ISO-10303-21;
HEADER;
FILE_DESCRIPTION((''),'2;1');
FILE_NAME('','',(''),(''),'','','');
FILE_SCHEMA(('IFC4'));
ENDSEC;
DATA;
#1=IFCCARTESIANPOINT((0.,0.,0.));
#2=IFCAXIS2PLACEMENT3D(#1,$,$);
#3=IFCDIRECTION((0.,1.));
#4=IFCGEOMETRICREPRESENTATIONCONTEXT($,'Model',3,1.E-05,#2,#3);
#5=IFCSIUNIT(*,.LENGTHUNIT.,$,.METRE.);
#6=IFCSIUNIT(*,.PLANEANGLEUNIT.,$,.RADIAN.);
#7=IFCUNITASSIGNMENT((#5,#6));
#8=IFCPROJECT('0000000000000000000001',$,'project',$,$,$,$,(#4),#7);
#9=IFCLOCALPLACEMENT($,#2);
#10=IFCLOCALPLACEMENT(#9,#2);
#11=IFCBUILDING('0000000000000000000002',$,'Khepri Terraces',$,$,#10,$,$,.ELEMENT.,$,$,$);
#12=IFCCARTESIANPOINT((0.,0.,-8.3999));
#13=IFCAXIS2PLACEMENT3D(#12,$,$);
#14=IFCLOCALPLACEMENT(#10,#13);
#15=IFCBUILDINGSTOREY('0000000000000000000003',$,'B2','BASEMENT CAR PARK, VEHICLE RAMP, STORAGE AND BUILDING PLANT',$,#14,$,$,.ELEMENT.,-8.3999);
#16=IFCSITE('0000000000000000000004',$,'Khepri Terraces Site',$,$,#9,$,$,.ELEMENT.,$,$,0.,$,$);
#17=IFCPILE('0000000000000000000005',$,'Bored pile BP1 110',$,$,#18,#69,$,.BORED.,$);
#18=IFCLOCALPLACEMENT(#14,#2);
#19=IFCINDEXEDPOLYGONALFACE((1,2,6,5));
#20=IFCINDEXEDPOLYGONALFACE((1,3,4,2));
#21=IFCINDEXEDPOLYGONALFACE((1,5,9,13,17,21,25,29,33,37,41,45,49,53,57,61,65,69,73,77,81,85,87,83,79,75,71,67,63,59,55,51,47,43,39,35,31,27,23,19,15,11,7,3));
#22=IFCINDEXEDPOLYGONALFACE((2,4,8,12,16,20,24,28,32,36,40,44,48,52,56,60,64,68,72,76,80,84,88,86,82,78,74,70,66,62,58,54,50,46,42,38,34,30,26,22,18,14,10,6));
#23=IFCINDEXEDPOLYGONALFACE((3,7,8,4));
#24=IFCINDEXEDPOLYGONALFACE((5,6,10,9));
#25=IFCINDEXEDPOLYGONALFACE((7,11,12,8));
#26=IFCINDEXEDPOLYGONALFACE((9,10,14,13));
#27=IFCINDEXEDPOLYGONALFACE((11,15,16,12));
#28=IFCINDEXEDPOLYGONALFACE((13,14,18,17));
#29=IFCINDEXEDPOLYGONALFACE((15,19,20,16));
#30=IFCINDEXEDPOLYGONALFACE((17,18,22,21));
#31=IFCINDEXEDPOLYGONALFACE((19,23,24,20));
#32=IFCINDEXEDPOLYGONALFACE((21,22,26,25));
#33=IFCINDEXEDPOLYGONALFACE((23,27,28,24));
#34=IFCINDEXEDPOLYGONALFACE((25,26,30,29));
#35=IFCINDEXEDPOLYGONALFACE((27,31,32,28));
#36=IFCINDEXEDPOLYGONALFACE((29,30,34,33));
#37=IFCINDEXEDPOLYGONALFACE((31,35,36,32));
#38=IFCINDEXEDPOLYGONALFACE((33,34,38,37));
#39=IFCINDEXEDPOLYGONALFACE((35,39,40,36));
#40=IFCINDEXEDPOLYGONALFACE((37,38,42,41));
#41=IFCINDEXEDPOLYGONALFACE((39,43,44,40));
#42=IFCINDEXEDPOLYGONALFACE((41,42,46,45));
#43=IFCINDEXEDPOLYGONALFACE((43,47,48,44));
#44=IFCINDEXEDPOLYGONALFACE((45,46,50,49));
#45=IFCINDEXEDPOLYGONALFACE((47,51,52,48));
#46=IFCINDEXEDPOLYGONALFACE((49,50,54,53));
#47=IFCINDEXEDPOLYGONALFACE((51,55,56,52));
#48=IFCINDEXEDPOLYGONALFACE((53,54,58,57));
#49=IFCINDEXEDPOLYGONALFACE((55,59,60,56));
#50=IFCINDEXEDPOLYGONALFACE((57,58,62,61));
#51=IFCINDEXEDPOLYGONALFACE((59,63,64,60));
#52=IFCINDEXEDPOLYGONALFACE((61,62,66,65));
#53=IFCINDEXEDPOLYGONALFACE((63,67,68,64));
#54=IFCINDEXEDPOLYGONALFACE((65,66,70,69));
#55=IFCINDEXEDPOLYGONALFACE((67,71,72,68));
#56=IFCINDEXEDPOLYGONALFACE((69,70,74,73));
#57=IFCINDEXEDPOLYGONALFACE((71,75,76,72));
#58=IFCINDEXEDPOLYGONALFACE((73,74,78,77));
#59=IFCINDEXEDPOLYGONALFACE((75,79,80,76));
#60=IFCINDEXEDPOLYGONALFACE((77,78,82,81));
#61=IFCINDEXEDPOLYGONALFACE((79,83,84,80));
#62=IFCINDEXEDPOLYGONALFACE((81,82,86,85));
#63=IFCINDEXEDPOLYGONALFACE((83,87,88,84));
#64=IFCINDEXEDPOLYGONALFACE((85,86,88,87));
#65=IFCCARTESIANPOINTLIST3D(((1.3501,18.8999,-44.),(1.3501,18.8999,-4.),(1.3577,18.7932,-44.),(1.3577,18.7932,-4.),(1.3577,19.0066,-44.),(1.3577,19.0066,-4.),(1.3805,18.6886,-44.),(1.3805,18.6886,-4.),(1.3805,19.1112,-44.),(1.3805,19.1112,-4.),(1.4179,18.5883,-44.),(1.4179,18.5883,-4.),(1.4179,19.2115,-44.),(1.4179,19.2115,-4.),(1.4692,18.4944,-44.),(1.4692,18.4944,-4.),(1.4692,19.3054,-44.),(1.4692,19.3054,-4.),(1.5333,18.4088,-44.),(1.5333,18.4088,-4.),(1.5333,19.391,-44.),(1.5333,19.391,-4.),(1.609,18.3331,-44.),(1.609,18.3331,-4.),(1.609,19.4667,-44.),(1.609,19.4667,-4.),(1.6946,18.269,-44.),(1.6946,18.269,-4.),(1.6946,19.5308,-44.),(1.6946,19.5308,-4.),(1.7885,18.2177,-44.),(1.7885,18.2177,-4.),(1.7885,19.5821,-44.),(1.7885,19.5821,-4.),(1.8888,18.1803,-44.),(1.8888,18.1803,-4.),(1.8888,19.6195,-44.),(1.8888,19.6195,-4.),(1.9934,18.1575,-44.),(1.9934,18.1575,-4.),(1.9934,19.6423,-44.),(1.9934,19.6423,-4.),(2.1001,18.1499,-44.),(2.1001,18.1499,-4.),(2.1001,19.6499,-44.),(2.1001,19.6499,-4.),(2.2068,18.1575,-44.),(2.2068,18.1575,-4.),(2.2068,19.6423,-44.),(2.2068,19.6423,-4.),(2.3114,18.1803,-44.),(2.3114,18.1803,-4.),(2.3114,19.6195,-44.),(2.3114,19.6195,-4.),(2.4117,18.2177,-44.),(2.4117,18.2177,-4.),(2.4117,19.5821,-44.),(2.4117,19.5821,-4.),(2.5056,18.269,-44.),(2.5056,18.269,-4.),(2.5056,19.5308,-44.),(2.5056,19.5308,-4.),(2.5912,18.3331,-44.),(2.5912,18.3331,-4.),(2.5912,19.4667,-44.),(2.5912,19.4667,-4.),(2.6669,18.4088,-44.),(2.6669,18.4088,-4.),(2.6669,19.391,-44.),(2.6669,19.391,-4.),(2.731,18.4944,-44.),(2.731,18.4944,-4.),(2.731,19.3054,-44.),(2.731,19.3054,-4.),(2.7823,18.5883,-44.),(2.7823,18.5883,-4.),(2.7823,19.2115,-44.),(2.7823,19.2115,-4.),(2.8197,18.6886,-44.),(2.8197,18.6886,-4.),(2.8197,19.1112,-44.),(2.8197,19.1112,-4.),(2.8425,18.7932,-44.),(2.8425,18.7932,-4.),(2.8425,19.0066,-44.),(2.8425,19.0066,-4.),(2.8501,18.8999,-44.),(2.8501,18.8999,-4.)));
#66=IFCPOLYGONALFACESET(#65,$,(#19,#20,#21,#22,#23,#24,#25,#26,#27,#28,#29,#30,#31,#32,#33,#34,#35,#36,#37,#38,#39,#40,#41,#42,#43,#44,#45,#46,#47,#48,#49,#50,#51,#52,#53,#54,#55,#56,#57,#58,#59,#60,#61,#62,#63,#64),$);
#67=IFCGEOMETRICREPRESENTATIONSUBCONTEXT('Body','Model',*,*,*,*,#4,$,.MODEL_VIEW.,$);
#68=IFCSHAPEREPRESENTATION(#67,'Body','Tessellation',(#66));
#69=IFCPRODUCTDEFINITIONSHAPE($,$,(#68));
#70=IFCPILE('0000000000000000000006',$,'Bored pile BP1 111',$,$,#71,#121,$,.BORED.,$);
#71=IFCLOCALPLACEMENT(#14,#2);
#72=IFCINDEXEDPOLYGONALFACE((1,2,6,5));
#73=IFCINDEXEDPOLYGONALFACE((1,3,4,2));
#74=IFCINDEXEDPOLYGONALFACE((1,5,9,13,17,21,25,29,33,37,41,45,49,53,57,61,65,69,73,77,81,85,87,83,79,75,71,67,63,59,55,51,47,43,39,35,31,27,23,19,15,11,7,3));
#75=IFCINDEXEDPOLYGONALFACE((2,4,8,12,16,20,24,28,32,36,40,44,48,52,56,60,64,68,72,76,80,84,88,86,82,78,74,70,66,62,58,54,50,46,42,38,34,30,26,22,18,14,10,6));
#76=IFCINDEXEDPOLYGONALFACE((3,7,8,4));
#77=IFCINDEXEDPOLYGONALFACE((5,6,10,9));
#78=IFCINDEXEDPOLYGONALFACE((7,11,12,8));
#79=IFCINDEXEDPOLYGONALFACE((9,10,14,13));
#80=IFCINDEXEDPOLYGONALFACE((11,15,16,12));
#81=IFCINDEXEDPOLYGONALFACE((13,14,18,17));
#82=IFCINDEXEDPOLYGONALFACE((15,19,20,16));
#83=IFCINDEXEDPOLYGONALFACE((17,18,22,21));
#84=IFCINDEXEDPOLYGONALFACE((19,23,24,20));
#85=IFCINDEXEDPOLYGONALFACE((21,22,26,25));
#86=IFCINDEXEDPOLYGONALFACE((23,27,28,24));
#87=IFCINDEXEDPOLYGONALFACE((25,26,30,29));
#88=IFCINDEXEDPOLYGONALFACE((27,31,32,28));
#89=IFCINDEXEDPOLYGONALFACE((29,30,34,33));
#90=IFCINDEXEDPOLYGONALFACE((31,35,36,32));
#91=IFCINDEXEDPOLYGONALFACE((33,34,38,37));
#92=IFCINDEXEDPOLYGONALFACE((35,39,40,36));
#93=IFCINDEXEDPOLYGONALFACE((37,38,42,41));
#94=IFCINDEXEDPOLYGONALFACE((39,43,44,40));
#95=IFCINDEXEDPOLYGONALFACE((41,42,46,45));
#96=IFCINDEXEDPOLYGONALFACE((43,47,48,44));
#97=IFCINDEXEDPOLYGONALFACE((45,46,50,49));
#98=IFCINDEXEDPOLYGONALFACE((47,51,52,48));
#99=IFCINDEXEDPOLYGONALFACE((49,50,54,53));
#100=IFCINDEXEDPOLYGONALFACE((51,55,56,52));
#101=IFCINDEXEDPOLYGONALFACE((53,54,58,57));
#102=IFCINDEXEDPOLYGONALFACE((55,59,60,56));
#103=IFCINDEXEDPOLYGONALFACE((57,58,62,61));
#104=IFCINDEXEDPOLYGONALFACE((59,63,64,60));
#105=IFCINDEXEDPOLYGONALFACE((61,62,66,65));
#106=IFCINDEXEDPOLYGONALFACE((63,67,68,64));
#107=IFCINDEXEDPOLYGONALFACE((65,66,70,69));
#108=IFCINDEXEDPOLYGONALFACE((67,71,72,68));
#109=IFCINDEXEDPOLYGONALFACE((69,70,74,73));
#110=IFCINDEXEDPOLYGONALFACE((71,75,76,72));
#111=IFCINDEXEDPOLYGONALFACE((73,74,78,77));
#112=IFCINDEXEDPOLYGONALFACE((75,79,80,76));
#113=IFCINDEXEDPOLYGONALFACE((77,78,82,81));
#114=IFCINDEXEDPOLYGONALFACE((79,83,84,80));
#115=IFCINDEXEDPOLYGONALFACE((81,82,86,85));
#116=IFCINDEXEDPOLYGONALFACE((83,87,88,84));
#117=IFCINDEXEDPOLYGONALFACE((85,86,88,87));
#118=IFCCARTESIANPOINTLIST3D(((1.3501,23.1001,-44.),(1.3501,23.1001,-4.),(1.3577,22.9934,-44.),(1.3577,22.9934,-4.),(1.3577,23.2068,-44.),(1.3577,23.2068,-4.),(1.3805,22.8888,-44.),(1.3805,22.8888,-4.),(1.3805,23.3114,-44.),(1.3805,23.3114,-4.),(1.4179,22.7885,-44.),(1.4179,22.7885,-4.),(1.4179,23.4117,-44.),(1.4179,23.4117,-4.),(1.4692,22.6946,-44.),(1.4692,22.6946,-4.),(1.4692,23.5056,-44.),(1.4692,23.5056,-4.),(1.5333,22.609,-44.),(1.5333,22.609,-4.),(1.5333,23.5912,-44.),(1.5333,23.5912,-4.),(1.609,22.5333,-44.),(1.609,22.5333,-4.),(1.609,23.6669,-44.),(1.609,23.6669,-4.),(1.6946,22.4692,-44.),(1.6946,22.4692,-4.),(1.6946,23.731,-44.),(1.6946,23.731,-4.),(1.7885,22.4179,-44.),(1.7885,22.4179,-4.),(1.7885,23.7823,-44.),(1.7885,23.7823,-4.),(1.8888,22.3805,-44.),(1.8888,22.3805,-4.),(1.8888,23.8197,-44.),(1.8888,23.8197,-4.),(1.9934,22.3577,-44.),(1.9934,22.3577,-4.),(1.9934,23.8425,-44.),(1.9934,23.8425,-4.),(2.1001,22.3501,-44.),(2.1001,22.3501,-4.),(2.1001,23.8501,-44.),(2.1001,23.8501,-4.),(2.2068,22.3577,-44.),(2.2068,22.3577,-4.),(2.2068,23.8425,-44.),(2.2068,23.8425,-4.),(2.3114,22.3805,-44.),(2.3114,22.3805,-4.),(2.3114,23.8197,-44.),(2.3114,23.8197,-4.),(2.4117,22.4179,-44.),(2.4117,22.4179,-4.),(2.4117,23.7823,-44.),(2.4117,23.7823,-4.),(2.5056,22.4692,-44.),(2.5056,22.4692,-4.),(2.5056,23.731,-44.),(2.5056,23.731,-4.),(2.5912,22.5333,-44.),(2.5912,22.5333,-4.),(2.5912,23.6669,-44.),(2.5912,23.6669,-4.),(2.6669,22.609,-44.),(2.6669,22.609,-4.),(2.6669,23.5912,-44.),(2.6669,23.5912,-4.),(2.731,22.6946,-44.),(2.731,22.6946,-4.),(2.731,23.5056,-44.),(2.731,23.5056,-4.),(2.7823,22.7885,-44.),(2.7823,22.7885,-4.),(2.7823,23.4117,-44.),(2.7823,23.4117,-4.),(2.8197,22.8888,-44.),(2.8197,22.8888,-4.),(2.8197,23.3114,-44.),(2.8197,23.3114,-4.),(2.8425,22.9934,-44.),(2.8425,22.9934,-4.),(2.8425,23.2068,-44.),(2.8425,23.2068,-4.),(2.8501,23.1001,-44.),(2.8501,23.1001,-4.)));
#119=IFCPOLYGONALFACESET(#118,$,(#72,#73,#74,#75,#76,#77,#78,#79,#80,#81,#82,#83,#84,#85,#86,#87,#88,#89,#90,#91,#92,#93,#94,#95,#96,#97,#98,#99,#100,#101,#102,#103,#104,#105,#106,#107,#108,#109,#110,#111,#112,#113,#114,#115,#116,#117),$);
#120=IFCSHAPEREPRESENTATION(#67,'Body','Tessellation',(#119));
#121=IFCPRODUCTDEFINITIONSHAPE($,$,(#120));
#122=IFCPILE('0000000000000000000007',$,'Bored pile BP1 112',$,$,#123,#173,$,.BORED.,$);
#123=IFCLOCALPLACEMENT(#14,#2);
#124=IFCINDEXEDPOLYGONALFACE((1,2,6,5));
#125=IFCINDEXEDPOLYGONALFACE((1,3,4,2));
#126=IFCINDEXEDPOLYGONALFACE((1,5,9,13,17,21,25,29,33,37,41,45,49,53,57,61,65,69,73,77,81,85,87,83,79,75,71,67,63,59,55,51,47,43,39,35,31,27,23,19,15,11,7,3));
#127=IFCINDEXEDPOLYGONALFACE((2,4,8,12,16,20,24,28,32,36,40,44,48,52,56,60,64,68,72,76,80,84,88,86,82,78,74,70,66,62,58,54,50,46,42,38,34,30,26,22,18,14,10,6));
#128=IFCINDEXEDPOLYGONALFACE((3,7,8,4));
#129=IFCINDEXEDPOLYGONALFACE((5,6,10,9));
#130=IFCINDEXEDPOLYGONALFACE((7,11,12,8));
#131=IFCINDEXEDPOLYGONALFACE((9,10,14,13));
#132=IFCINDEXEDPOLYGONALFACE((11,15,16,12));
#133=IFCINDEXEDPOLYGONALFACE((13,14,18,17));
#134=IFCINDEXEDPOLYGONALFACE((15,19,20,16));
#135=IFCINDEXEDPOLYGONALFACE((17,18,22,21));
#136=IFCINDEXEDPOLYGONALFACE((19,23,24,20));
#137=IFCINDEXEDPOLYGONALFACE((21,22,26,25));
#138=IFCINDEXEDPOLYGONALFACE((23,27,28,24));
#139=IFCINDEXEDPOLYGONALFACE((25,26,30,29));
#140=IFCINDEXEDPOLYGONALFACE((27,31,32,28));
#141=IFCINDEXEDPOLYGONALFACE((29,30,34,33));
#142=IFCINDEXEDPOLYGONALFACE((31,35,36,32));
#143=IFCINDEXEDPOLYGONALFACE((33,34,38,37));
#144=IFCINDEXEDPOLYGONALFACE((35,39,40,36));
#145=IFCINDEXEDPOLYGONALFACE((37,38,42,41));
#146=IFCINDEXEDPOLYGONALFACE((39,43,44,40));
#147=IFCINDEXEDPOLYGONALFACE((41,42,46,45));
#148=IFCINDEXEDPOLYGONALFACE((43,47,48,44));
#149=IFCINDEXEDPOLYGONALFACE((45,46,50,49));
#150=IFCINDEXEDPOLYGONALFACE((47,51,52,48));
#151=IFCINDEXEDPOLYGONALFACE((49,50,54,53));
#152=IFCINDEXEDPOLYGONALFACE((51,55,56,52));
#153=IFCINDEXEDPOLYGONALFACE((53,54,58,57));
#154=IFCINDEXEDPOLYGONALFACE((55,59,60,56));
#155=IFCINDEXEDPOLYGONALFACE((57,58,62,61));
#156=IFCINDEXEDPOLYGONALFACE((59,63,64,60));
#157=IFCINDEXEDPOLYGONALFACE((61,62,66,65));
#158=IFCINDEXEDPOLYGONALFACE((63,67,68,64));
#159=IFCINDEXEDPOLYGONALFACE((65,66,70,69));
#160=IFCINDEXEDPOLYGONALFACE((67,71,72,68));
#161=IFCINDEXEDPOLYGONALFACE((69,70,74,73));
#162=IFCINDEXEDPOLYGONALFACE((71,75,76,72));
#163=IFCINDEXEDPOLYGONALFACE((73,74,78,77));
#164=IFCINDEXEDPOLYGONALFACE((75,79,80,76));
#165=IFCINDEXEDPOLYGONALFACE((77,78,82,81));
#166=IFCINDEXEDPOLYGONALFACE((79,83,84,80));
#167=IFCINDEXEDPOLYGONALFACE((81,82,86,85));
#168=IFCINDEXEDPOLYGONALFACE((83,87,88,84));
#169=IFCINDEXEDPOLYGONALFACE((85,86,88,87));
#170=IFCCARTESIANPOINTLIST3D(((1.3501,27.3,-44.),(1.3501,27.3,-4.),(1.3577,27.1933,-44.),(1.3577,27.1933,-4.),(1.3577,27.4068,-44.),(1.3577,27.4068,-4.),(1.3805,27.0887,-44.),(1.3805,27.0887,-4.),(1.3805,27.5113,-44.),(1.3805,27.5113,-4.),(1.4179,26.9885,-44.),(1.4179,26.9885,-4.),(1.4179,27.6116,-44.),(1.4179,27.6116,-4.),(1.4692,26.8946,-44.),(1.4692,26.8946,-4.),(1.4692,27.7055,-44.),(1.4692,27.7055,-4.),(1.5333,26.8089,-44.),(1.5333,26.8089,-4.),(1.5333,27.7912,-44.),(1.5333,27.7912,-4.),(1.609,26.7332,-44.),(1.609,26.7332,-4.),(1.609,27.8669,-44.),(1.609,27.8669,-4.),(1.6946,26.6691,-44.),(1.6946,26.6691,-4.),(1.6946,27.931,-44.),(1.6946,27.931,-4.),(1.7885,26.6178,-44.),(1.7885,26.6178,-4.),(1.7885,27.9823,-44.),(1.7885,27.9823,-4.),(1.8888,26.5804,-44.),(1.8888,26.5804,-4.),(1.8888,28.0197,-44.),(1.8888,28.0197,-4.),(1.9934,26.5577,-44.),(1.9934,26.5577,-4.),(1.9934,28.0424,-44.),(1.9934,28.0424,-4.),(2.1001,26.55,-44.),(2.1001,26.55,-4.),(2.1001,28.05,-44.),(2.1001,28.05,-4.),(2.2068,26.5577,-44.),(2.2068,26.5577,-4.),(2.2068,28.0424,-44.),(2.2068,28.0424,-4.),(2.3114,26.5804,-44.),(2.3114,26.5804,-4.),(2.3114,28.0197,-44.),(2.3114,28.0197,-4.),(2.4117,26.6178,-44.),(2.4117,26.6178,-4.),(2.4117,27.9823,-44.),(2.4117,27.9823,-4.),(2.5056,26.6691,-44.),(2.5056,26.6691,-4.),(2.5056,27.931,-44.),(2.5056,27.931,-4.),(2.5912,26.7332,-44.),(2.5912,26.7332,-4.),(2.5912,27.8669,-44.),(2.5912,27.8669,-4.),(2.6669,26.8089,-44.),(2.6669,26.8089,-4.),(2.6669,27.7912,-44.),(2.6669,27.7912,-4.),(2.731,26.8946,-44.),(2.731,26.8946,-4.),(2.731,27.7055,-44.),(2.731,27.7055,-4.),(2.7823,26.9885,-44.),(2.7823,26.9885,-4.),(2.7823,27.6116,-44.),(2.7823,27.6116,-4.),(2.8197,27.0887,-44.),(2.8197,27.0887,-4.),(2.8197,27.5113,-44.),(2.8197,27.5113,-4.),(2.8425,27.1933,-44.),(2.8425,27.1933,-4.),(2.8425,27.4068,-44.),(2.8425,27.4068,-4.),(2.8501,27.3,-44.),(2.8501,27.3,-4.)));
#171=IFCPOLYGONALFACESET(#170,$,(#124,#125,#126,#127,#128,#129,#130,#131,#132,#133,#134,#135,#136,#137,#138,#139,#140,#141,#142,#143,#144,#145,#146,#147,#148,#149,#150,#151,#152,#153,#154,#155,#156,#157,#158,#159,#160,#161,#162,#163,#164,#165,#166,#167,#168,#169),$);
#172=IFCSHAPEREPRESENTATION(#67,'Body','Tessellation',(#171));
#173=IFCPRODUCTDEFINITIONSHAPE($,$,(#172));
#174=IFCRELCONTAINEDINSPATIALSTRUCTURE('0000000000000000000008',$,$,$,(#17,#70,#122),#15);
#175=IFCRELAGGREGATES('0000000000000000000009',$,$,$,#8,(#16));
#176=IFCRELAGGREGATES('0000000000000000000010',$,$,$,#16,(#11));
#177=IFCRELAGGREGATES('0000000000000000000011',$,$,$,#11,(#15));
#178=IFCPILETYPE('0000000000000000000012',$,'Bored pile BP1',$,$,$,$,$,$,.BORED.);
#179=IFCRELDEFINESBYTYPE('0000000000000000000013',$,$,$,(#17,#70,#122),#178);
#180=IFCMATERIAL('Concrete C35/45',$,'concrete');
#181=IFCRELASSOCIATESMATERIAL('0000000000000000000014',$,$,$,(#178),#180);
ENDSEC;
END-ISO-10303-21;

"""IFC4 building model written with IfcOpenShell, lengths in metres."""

from ifc_helpers import new_model, si_unit, direction, frame, origin, origin_2d, place, context, subcontext, project, spatial, circle, extrude, material, material_profile, profile_set, type_object, element, save


model = new_model("IFC4")

# Units and contexts
model_context = context("Model", 3, precision=1e-05, world=origin(), true_north=direction((0.0, 1.0)))
body_context = subcontext(model_context, "Body", "Model", "MODEL_VIEW")
ifc_project = project(units=[si_unit("LENGTHUNIT", "METRE"), si_unit("PLANEANGLEUNIT", "RADIAN")], contexts=[model_context])

# Site, building, storey
site_placement = place(None, origin())
site = spatial("IfcSite", under=ifc_project, at=site_placement, Name="Khepri Terraces Site", CompositionType="ELEMENT", RefElevation=0.0)
building_placement = place(site_placement, origin())
building = spatial("IfcBuilding", under=site, at=building_placement, Name="Khepri Terraces", CompositionType="ELEMENT")
storey_placement = place(building_placement, frame((0.0, 0.0, -8.3999)))
storey = spatial("IfcBuildingStorey", under=building, at=storey_placement, Name="B2", Description="BASEMENT CAR PARK, VEHICLE RAMP, STORAGE AND BUILDING PLANT", CompositionType="ELEMENT", Elevation=-8.3999)

# Piles
ifc_material_1 = material(Name="Concrete C35/45", Category="concrete")
ifc_material_profile_1 = material_profile(ifc_material_1, circle(Radius=0.75, at=origin_2d()), Name="Concrete C35/45", Category="concrete")
ifc_profile_set_1 = profile_set([ifc_material_profile_1], Name="Concrete C35/45")
pile_type = type_object("IfcPileType", Name="Bored pile BP1", PredefinedType="BORED", material=ifc_profile_set_1)
for number, where, z_axis, x_axis, name in (
    (1, (2.1001, 18.8999, -4.0), (0.0, 0.0, -1.0), (1.0, 0.0, 0.0), "Bored pile BP1 110"),
    (2, (2.1001, 23.1001, -4.0), (0.0, 0.0, -1.0), (1.0, 0.0, 0.0), "Bored pile BP1 111"),
    (3, (2.1001, 27.3, -4.0), (0.0, 0.0, -1.0), (1.0, 0.0, 0.0), "Bored pile BP1 112"),
):
    element("IfcPile", number, at=place(storey_placement, frame(where, z_axis=z_axis, x_axis=x_axis)), inside=storey, type_object=pile_type, Name=name, PredefinedType="BORED", context=body_context, shape_type="SweptSolid", body=[
        extrude(circle(Radius=0.75, at=origin_2d()), origin(), (0.0, 0.0, 1.0), 40.0),
    ])

save(model, "model.ifc")
